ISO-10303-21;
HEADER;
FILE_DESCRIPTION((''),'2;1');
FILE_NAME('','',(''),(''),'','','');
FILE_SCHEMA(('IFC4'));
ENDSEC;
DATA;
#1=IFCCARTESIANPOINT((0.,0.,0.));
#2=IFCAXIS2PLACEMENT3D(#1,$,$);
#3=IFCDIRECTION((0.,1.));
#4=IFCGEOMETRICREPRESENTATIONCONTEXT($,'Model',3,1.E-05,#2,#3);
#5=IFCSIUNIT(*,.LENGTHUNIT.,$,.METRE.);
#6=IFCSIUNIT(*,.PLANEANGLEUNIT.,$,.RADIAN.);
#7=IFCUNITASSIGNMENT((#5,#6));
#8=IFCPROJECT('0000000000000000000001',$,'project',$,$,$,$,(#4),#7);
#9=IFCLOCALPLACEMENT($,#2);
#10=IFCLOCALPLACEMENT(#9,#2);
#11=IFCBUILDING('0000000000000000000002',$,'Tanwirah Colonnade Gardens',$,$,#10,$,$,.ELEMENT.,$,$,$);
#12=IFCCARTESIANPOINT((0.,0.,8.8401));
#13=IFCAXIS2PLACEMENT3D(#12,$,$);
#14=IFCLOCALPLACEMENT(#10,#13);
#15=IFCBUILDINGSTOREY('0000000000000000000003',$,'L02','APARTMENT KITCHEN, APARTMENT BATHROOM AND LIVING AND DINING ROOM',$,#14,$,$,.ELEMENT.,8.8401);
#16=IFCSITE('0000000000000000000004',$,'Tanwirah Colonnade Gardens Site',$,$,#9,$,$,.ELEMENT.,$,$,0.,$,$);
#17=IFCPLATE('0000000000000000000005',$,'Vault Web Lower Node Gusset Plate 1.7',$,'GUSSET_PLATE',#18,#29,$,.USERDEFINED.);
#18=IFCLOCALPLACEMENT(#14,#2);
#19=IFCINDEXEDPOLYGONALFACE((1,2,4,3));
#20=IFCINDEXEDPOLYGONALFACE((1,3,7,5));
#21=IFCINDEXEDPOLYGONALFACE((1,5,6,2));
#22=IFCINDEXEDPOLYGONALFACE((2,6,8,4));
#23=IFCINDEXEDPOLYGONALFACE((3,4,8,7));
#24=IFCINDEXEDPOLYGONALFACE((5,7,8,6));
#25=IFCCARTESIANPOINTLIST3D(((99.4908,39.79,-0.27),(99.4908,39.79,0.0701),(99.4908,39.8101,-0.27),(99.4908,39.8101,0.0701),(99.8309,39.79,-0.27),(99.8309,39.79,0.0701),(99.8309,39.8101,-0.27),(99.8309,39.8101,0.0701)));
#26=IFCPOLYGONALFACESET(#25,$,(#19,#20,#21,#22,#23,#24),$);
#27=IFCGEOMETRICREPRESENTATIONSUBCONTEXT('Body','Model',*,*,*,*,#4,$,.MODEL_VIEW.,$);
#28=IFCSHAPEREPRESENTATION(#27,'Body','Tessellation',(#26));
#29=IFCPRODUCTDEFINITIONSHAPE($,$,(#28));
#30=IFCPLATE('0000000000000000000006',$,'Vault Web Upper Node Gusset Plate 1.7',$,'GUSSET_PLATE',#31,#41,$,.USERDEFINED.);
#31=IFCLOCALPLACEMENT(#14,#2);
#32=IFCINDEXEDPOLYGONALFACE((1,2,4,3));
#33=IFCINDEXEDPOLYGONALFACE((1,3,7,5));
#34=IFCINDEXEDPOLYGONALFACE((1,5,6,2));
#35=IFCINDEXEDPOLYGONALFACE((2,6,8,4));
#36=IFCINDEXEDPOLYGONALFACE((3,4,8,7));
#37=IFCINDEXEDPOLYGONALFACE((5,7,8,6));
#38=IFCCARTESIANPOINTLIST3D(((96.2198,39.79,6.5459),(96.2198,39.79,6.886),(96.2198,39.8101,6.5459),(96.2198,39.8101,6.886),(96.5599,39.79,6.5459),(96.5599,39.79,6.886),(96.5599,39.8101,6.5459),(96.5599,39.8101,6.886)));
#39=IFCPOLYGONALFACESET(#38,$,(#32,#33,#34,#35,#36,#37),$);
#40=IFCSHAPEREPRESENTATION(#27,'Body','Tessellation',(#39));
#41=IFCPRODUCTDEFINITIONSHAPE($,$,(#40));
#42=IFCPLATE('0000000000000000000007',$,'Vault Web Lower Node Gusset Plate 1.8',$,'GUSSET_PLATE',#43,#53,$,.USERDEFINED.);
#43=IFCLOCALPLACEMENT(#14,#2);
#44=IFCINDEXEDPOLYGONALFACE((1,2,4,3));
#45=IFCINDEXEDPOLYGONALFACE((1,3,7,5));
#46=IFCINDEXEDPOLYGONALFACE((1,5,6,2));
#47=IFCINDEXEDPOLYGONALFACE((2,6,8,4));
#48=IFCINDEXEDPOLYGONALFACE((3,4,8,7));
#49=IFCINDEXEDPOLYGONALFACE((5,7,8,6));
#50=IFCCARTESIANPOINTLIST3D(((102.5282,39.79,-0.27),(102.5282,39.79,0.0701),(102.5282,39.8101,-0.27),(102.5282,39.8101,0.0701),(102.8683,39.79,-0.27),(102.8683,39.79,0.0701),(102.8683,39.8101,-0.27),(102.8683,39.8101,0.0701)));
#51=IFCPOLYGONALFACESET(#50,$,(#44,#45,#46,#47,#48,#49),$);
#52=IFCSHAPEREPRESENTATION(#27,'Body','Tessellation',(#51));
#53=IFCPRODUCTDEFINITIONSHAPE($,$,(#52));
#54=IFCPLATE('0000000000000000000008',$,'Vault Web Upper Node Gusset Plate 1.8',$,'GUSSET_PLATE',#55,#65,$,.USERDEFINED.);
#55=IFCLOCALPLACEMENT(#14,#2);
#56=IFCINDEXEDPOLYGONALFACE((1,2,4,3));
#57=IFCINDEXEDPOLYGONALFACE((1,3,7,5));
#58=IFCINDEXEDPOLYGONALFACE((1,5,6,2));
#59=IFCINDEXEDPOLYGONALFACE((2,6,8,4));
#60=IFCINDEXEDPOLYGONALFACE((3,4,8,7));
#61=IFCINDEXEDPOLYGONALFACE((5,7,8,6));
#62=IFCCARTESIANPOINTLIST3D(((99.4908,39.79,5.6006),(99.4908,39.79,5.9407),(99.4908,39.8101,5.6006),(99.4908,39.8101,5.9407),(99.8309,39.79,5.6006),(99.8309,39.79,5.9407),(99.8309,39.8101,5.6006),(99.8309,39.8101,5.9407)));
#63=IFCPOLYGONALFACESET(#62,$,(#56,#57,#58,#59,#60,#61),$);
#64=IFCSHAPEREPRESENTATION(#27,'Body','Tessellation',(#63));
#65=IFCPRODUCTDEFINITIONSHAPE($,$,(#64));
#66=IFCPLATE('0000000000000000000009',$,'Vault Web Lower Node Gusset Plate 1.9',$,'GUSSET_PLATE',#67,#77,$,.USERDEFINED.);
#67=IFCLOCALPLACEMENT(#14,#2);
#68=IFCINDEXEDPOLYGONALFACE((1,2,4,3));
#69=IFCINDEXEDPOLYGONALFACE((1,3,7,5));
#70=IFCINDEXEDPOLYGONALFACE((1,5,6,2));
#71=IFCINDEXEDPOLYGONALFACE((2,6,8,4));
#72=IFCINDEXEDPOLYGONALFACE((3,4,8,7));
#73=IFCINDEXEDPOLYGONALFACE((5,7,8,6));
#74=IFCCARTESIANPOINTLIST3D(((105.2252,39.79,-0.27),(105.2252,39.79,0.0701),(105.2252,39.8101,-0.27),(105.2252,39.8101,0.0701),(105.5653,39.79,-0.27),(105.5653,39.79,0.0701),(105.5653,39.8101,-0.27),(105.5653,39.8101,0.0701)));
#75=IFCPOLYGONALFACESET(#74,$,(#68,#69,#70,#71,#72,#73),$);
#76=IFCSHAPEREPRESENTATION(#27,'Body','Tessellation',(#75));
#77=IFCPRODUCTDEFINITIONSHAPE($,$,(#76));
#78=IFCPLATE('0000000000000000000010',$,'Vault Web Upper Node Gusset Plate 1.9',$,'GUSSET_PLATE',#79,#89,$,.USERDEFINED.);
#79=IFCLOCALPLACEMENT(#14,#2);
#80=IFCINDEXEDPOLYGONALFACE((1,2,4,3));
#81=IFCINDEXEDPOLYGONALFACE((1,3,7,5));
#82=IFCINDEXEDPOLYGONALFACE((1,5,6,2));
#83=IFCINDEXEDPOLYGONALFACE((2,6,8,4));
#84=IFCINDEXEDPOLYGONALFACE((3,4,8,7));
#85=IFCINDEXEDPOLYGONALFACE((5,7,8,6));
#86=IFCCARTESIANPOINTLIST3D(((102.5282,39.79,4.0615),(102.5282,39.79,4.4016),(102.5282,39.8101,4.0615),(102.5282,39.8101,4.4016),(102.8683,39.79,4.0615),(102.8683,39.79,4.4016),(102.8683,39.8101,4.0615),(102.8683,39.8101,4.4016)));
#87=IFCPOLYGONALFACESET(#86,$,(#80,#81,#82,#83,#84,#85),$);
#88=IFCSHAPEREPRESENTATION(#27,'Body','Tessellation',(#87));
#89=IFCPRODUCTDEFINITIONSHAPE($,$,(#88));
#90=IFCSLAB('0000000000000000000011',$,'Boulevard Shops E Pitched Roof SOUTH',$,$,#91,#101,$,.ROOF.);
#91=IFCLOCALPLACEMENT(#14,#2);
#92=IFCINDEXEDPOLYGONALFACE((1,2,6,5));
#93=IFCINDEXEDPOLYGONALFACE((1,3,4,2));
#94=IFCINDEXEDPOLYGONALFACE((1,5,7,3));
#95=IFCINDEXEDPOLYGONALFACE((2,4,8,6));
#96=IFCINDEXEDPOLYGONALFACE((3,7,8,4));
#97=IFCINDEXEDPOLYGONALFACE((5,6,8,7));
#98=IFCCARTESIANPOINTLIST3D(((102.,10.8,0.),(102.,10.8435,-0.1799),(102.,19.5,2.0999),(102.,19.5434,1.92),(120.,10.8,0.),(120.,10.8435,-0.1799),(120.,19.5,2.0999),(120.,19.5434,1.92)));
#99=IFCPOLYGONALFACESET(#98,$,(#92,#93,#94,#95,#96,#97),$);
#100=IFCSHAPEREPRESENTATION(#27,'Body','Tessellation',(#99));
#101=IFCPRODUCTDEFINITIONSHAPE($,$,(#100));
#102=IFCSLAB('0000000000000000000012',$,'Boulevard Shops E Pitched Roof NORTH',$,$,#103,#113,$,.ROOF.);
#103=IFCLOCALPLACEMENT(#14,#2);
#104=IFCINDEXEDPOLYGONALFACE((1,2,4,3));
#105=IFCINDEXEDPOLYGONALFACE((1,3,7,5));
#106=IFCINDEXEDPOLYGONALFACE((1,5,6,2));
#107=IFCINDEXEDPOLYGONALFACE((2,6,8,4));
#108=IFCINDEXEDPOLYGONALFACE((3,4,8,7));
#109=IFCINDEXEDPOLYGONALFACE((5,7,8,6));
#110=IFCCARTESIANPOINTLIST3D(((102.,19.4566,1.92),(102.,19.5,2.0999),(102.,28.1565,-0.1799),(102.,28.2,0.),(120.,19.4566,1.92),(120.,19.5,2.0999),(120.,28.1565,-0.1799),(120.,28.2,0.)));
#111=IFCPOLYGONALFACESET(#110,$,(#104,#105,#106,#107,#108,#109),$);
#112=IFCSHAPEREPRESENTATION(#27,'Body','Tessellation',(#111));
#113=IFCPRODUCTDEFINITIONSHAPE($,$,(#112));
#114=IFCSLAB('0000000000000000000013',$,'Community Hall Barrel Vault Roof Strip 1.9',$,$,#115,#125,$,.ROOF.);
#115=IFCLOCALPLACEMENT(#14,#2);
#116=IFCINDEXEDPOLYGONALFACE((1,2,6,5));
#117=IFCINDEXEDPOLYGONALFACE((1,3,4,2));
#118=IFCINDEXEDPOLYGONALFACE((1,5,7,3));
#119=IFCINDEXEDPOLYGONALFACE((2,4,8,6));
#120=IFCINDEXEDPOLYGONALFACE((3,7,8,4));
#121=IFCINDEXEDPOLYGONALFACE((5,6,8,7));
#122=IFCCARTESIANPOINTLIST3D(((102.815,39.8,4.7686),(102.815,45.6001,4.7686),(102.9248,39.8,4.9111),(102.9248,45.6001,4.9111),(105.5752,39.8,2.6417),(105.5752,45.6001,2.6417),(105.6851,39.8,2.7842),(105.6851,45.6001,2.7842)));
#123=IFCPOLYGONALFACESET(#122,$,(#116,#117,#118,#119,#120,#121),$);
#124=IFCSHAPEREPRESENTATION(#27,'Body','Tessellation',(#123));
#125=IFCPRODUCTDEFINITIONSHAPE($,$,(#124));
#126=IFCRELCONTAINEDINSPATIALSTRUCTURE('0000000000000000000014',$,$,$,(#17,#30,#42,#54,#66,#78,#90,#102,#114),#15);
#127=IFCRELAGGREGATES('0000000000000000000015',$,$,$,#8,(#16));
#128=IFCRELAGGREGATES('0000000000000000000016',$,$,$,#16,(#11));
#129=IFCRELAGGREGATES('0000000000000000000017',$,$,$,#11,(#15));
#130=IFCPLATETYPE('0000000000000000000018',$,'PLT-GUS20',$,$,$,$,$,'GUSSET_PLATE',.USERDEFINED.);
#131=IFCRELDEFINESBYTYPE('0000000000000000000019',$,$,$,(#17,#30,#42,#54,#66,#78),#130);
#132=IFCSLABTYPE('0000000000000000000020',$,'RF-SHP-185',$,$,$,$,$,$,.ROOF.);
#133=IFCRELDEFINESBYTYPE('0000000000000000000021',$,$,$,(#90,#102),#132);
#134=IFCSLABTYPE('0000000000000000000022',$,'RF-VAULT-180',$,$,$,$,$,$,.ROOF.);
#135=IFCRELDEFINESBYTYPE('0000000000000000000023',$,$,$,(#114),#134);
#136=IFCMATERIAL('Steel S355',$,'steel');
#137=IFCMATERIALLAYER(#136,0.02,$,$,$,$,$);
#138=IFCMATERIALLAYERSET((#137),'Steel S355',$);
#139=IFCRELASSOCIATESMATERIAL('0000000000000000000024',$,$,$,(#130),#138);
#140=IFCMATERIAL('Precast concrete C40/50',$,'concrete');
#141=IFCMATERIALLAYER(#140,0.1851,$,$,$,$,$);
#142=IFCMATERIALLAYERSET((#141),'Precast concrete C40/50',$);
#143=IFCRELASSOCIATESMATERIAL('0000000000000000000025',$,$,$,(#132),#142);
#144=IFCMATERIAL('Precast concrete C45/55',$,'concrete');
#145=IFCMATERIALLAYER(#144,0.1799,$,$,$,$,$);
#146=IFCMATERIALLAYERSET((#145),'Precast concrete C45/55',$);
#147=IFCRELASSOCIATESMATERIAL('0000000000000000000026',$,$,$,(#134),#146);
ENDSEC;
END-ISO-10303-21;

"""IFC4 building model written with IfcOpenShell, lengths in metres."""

from ifc_helpers import new_model, si_unit, direction, frame, origin, origin_2d, place, context, subcontext, project, spatial, polyline, rectangle, outline, extrude, material, layer, layer_set, type_object, element, save


model = new_model("IFC4")

# Units and contexts
model_context = context("Model", 3, precision=1e-05, world=origin(), true_north=direction((0.0, 1.0)))
body_context = subcontext(model_context, "Body", "Model", "MODEL_VIEW")
ifc_project = project(units=[si_unit("LENGTHUNIT", "METRE"), si_unit("PLANEANGLEUNIT", "RADIAN")], contexts=[model_context])

# Site, building, storey
site_placement = place(None, origin())
site = spatial("IfcSite", under=ifc_project, at=site_placement, Name="Tanwirah Colonnade Gardens Site", CompositionType="ELEMENT", RefElevation=0.0)
building_placement = place(site_placement, origin())
building = spatial("IfcBuilding", under=site, at=building_placement, Name="Tanwirah Colonnade Gardens", CompositionType="ELEMENT")
storey_placement = place(building_placement, frame((0.0, 0.0, 8.8401)))
storey = spatial("IfcBuildingStorey", under=building, at=storey_placement, Name="L02", Description="APARTMENT KITCHEN, APARTMENT BATHROOM AND LIVING AND DINING ROOM", CompositionType="ELEMENT", Elevation=8.8401)

# Shared definitions
ifc_material_1 = material(Name="Steel S355", Category="steel")

# Shared definitions
ifc_material_2 = material(Name="Precast concrete C45/55", Category="concrete")

# Plates
ifc_layer_1 = layer(ifc_material_1, 0.02)
ifc_layer_set_1 = layer_set([ifc_layer_1], Name="Steel S355")
plate_type = type_object("IfcPlateType", Name="PLT-GUS20", ElementType="GUSSET_PLATE", PredefinedType="USERDEFINED", material=ifc_layer_set_1)
for number, where, z_axis, x_axis, name in (
    (1, (99.6609, 39.8, -0.27), (0.0, 0.0, 1.0), (1.0, 0.0, 0.0), "Vault Web Lower Node Gusset Plate 1.7"),
    (2, (96.3899, 39.8, 6.5459), (0.0, 0.0, 1.0), (1.0, 0.0, 0.0), "Vault Web Upper Node Gusset Plate 1.7"),
    (3, (102.6982, 39.8, -0.27), (0.0, 0.0, 1.0), (1.0, 0.0, 0.0), "Vault Web Lower Node Gusset Plate 1.8"),
    (4, (99.6609, 39.8, 5.6006), (0.0, 0.0, 1.0), (1.0, 0.0, 0.0), "Vault Web Upper Node Gusset Plate 1.8"),
    (5, (105.3953, 39.8, -0.27), (0.0, 0.0, 1.0), (1.0, 0.0, 0.0), "Vault Web Lower Node Gusset Plate 1.9"),
    (6, (102.6982, 39.8, 4.0615), (0.0, 0.0, 1.0), (1.0, 0.0, 0.0), "Vault Web Upper Node Gusset Plate 1.9"),
):
    element("IfcPlate", number, at=place(storey_placement, frame(where, z_axis=z_axis, x_axis=x_axis)), inside=storey, type_object=plate_type, Name=name, ObjectType="GUSSET_PLATE", PredefinedType="USERDEFINED", context=body_context, shape_type="SweptSolid", body=[
        extrude(rectangle(XDim=0.3401, YDim=0.02, at=origin_2d()), origin(), (0.0, 0.0, 1.0), 0.3401),
    ])

# Slabs
ifc_material_3 = material(Name="Precast concrete C40/50", Category="concrete")
ifc_layer_2 = layer(ifc_material_3, 0.1851)
ifc_layer_set_2 = layer_set([ifc_layer_2], Name="Precast concrete C40/50")
slab_type_1 = type_object("IfcSlabType", Name="RF-SHP-185", PredefinedType="ROOF", material=ifc_layer_set_2)
for number, where, z_axis, x_axis, name in (
    (7, (102.0, 10.8, 0.0), (0.0, -0.234626, 0.972086), (1.0, 0.0, 0.0), "Boulevard Shops E Pitched Roof SOUTH"),
    (8, (102.0, 19.5, 2.0999), (0.0, 0.234626, 0.972086), (1.0, 0.0, 0.0), "Boulevard Shops E Pitched Roof NORTH"),
):
    element("IfcSlab", number, at=place(storey_placement, frame(where, z_axis=z_axis, x_axis=x_axis)), inside=storey, type_object=slab_type_1, Name=name, PredefinedType="ROOF", context=body_context, shape_type="SweptSolid", body=[
        extrude(outline(polyline([(0.0, 0.0), (18.0, 0.0), (18.0, 8.9498), (0.0, 8.9498), (0.0, 0.0)])), origin(), (0.0, 0.0, -1.0), 0.1851),
    ])
ifc_layer_3 = layer(ifc_material_2, 0.1799)
ifc_layer_set_3 = layer_set([ifc_layer_3], Name="Precast concrete C45/55")
slab_type_2 = type_object("IfcSlabType", Name="RF-VAULT-180", PredefinedType="ROOF", material=ifc_layer_set_3)
slab_placement = place(storey_placement, frame((102.9248, 39.8, 4.9111), z_axis=(0.610374, 0.0, 0.792113), x_axis=(0.792113, 0.0, -0.610374)))
element("IfcSlab", 9, at=slab_placement, inside=storey, type_object=slab_type_2, Name="Community Hall Barrel Vault Roof Strip 1.9", PredefinedType="ROOF", context=body_context, shape_type="SweptSolid", body=[
    extrude(outline(polyline([(0.0, 0.0), (3.4847, 0.0), (3.4847, 5.8), (0.0, 5.8), (0.0, 0.0)])), origin(), (0.0, 0.0, -1.0), 0.1799),
])

save(model, "model.ifc")
